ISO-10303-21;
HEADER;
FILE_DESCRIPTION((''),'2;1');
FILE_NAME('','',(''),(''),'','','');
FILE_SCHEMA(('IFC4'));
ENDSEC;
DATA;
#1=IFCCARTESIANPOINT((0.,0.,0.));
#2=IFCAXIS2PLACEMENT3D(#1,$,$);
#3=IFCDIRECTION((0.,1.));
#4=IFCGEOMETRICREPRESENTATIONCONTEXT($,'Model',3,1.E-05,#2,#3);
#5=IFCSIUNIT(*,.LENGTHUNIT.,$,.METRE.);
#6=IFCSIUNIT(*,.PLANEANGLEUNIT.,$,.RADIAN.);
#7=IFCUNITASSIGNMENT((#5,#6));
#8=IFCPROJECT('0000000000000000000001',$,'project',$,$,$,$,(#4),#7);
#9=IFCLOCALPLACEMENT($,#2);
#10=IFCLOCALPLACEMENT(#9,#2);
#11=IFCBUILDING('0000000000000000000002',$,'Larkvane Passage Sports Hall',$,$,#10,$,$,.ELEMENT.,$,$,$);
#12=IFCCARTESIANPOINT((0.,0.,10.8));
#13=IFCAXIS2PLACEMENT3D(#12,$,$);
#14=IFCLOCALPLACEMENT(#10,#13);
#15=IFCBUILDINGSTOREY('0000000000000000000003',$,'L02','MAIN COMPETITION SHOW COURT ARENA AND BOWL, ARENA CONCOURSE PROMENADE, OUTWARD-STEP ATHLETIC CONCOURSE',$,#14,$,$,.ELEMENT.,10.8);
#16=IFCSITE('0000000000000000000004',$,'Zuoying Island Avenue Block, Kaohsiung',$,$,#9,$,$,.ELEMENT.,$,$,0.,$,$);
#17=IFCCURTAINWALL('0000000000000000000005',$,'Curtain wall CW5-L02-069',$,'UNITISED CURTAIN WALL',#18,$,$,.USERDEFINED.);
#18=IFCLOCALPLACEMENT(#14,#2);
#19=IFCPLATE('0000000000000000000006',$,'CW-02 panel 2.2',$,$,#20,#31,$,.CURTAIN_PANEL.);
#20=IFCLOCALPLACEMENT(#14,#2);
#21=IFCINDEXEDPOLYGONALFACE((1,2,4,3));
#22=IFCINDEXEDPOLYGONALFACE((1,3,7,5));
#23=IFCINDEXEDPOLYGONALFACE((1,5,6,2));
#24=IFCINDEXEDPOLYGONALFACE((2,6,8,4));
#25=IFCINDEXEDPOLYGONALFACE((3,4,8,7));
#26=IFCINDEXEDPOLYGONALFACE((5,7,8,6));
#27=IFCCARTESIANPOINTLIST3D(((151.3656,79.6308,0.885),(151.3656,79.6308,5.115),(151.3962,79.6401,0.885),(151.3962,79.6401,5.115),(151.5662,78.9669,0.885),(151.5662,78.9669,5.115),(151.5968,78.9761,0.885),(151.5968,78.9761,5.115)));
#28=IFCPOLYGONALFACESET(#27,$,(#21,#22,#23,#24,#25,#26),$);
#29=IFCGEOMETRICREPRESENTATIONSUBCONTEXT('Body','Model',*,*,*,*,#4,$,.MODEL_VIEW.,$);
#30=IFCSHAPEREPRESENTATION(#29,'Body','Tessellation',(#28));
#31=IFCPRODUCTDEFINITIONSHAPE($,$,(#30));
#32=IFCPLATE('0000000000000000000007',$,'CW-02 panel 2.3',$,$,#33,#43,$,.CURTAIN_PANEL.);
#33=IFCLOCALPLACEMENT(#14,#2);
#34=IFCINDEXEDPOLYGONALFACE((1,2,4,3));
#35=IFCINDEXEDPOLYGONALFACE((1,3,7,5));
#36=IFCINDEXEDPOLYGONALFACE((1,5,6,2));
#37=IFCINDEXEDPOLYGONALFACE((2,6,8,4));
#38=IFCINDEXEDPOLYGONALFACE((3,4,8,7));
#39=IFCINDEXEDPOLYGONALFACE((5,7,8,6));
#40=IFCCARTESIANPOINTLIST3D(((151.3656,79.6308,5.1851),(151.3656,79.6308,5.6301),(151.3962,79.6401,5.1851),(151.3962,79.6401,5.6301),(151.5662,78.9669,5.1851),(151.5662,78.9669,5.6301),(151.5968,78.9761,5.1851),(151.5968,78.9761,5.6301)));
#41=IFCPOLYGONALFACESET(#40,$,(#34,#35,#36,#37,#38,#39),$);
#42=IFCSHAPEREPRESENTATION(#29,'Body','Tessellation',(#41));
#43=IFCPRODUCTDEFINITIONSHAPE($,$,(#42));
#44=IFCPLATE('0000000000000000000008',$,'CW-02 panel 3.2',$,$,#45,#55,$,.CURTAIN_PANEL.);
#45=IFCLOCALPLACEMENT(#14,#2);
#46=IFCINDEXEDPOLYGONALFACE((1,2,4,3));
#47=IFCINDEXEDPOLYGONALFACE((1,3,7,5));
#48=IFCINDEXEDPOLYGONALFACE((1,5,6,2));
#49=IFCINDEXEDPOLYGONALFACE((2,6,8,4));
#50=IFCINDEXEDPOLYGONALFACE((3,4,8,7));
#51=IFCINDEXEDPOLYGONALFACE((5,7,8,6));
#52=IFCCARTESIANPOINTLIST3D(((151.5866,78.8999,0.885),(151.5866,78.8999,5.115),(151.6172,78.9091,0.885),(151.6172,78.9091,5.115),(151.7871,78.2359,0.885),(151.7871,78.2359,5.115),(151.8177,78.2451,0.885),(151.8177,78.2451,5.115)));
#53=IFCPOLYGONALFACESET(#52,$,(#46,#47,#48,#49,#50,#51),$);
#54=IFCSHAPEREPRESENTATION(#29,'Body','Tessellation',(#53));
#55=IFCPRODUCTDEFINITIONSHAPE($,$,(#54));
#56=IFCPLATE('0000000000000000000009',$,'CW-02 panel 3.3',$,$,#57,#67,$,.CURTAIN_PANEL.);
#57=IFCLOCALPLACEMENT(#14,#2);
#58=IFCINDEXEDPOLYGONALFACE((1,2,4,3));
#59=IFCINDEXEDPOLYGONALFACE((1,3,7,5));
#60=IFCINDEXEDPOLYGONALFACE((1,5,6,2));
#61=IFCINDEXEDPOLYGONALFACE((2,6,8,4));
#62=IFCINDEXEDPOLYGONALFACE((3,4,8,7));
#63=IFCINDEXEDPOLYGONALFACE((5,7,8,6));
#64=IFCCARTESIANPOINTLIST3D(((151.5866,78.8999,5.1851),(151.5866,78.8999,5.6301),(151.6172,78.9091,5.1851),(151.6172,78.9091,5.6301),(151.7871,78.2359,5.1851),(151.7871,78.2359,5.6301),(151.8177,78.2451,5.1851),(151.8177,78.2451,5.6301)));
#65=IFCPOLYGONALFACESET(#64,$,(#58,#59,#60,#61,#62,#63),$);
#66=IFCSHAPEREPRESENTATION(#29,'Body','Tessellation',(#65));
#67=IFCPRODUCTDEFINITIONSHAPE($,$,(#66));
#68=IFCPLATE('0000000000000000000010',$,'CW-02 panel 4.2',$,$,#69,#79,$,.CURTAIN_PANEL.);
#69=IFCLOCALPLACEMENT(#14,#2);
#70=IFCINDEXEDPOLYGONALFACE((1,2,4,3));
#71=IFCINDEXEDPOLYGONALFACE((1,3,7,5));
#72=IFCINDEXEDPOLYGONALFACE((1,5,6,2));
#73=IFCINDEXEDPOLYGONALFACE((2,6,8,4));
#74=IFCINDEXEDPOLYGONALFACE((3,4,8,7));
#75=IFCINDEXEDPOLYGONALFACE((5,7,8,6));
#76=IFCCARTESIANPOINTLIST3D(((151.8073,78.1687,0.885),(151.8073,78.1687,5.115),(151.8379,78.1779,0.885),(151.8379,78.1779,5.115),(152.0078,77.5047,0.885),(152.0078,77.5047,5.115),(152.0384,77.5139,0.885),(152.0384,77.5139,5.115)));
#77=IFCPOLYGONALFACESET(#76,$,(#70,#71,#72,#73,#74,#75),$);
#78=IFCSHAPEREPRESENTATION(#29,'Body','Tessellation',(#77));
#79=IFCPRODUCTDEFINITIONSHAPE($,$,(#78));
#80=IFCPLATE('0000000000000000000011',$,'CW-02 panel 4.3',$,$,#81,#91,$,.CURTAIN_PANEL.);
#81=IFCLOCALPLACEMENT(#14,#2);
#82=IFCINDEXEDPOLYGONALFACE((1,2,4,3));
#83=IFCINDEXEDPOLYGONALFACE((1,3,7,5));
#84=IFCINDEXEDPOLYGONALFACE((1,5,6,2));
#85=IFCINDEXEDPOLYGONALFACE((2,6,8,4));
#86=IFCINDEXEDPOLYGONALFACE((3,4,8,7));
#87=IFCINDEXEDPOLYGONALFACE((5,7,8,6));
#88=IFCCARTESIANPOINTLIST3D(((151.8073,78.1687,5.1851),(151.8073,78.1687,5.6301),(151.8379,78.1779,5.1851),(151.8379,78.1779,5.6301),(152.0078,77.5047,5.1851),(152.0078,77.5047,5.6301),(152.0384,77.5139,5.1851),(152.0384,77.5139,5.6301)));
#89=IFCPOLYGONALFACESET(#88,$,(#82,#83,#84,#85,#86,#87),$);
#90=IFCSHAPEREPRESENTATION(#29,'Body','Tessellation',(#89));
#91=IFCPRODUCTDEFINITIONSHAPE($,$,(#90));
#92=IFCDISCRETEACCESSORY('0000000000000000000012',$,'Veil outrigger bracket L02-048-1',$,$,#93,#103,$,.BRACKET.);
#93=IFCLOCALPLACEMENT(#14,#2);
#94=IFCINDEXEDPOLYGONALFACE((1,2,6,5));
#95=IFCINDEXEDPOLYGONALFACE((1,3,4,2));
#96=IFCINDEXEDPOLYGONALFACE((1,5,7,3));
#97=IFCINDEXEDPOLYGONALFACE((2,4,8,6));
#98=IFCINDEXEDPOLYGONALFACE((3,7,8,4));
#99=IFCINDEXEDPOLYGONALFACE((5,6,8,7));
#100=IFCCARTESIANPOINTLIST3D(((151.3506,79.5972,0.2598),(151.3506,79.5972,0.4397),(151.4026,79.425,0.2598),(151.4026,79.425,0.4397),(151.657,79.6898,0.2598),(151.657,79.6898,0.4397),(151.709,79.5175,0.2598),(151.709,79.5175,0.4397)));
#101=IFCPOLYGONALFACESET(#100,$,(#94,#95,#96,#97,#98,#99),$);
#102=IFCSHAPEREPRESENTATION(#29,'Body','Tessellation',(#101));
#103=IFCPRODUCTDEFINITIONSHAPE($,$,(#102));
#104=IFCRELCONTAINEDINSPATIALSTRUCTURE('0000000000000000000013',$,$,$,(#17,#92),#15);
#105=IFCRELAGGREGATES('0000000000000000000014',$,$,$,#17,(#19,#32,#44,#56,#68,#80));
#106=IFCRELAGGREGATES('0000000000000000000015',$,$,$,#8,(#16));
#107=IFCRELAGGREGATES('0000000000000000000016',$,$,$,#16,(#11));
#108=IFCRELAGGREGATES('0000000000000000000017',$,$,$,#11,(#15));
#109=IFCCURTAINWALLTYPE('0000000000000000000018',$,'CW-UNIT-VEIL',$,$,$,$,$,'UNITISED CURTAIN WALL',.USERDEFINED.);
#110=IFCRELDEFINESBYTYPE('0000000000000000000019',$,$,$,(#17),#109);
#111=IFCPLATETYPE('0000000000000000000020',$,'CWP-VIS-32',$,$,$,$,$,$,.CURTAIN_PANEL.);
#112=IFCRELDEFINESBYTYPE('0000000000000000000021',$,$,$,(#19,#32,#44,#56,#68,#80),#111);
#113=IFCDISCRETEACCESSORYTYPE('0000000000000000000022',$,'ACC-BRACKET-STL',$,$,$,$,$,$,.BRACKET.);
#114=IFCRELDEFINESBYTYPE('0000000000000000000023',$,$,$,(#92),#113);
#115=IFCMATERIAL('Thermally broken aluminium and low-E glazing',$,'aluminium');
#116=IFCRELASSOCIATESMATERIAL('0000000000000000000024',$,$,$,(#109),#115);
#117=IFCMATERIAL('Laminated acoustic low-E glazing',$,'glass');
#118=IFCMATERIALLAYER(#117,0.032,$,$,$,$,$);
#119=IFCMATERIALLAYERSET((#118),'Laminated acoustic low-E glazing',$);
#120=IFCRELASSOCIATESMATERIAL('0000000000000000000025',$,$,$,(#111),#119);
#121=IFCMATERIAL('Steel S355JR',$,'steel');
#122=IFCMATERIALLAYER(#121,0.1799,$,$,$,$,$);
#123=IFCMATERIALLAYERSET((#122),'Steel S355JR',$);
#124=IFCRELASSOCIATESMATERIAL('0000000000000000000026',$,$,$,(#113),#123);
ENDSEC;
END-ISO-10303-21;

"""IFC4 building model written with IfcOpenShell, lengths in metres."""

from ifc_helpers import new_model, si_unit, direction, frame, origin, origin_2d, place, context, subcontext, project, spatial, rectangle, extrude, material, layer, layer_set, type_object, element, aggregate, save


model = new_model("IFC4")

# Units and contexts
model_context = context("Model", 3, precision=1e-05, world=origin(), true_north=direction((0.0, 1.0)))
body_context = subcontext(model_context, "Body", "Model", "MODEL_VIEW")
ifc_project = project(units=[si_unit("LENGTHUNIT", "METRE"), si_unit("PLANEANGLEUNIT", "RADIAN")], contexts=[model_context])

# Site, building, storey
site_placement = place(None, origin())
site = spatial("IfcSite", under=ifc_project, at=site_placement, Name="Zuoying Island Avenue Block, Kaohsiung", CompositionType="ELEMENT", RefElevation=0.0)
building_placement = place(site_placement, origin())
building = spatial("IfcBuilding", under=site, at=building_placement, Name="Larkvane Passage Sports Hall", CompositionType="ELEMENT")
storey_placement = place(building_placement, frame((0.0, 0.0, 10.8)))
storey = spatial("IfcBuildingStorey", under=building, at=storey_placement, Name="L02", Description="MAIN COMPETITION SHOW COURT ARENA AND BOWL, ARENA CONCOURSE PROMENADE, OUTWARD-STEP ATHLETIC CONCOURSE", CompositionType="ELEMENT", Elevation=10.8)

# Curtain wall
ifc_material_1 = material(Name="Thermally broken aluminium and low-E glazing", Category="aluminium")
curtain_wall_type_1 = type_object("IfcCurtainWallType", Name="CW-UNIT-VEIL", ElementType="UNITISED CURTAIN WALL", PredefinedType="USERDEFINED", material=ifc_material_1)
curtain_wall_1_placement = place(storey_placement, origin())
curtain_wall_1 = element("IfcCurtainWall", 1, at=curtain_wall_1_placement, inside=storey, type_object=curtain_wall_type_1, Name="Curtain wall CW5-L02-069", ObjectType="UNITISED CURTAIN WALL", PredefinedType="USERDEFINED")

# Plates
ifc_material_2 = material(Name="Laminated acoustic low-E glazing", Category="glass")
ifc_layer_1 = layer(ifc_material_2, 0.032)
ifc_layer_set_1 = layer_set([ifc_layer_1], Name="Laminated acoustic low-E glazing")
plate_type_1 = type_object("IfcPlateType", Name="CWP-VIS-32", PredefinedType="CURTAIN_PANEL", material=ifc_layer_set_1)
plate_1_placement = place(storey_placement, frame((151.4812, 79.3035, 0.885), z_axis=(0.0, 0.0, 1.0), x_axis=(0.289177, -0.957276, 0.0)))
plate_1 = element("IfcPlate", 2, at=plate_1_placement, type_object=plate_type_1, Name="CW-02 panel 2.2", PredefinedType="CURTAIN_PANEL", context=body_context, shape_type="SweptSolid", body=[
    extrude(rectangle(XDim=0.6936, YDim=0.032, at=origin_2d()), origin(), (0.0, 0.0, 1.0), 4.23),
])
plate_2_placement = place(storey_placement, frame((151.4812, 79.3035, 5.1851), z_axis=(0.0, 0.0, 1.0), x_axis=(0.289177, -0.957276, 0.0)))
plate_2 = element("IfcPlate", 3, at=plate_2_placement, type_object=plate_type_1, Name="CW-02 panel 2.3", PredefinedType="CURTAIN_PANEL", context=body_context, shape_type="SweptSolid", body=[
    extrude(rectangle(XDim=0.6936, YDim=0.032, at=origin_2d()), origin(), (0.0, 0.0, 1.0), 0.4451),
])
plate_3_placement = place(storey_placement, frame((151.7021, 78.5725, 0.885), z_axis=(0.0, 0.0, 1.0), x_axis=(0.289177, -0.957276, 0.0)))
plate_3 = element("IfcPlate", 4, at=plate_3_placement, type_object=plate_type_1, Name="CW-02 panel 3.2", PredefinedType="CURTAIN_PANEL", context=body_context, shape_type="SweptSolid", body=[
    extrude(rectangle(XDim=0.6936, YDim=0.032, at=origin_2d()), origin(), (0.0, 0.0, 1.0), 4.23),
])
plate_4_placement = place(storey_placement, frame((151.7021, 78.5725, 5.1851), z_axis=(0.0, 0.0, 1.0), x_axis=(0.289177, -0.957276, 0.0)))
plate_4 = element("IfcPlate", 5, at=plate_4_placement, type_object=plate_type_1, Name="CW-02 panel 3.3", PredefinedType="CURTAIN_PANEL", context=body_context, shape_type="SweptSolid", body=[
    extrude(rectangle(XDim=0.6936, YDim=0.032, at=origin_2d()), origin(), (0.0, 0.0, 1.0), 0.4451),
])
plate_5_placement = place(storey_placement, frame((151.9229, 77.8413, 0.885), z_axis=(0.0, 0.0, 1.0), x_axis=(0.289177, -0.957276, 0.0)))
plate_5 = element("IfcPlate", 6, at=plate_5_placement, type_object=plate_type_1, Name="CW-02 panel 4.2", PredefinedType="CURTAIN_PANEL", context=body_context, shape_type="SweptSolid", body=[
    extrude(rectangle(XDim=0.6936, YDim=0.032, at=origin_2d()), origin(), (0.0, 0.0, 1.0), 4.23),
])
plate_6_placement = place(storey_placement, frame((151.9229, 77.8413, 5.1851), z_axis=(0.0, 0.0, 1.0), x_axis=(0.289177, -0.957276, 0.0)))
plate_6 = element("IfcPlate", 7, at=plate_6_placement, type_object=plate_type_1, Name="CW-02 panel 4.3", PredefinedType="CURTAIN_PANEL", context=body_context, shape_type="SweptSolid", body=[
    extrude(rectangle(XDim=0.6936, YDim=0.032, at=origin_2d()), origin(), (0.0, 0.0, 1.0), 0.4451),
])
aggregate(curtain_wall_1, [plate_1, plate_2, plate_3, plate_4, plate_5, plate_6])

# Discrete accessory
ifc_material_3 = material(Name="Steel S355JR", Category="steel")
ifc_layer_2 = layer(ifc_material_3, 0.1799)
ifc_layer_set_2 = layer_set([ifc_layer_2], Name="Steel S355JR")
discrete_accessory_type = type_object("IfcDiscreteAccessoryType", Name="ACC-BRACKET-STL", PredefinedType="BRACKET", material=ifc_layer_set_2)
discrete_accessory_placement = place(storey_placement, frame((151.5298, 79.5574, 0.2598), z_axis=(0.0, 0.0, 1.0), x_axis=(0.289177, -0.957276, 0.0)))
element("IfcDiscreteAccessory", 8, at=discrete_accessory_placement, inside=storey, type_object=discrete_accessory_type, Name="Veil outrigger bracket L02-048-1", PredefinedType="BRACKET", context=body_context, shape_type="SweptSolid", body=[
    extrude(rectangle(XDim=0.1799, YDim=0.3201, at=origin_2d()), origin(), (0.0, 0.0, 1.0), 0.1799),
])

save(model, "model.ifc")
